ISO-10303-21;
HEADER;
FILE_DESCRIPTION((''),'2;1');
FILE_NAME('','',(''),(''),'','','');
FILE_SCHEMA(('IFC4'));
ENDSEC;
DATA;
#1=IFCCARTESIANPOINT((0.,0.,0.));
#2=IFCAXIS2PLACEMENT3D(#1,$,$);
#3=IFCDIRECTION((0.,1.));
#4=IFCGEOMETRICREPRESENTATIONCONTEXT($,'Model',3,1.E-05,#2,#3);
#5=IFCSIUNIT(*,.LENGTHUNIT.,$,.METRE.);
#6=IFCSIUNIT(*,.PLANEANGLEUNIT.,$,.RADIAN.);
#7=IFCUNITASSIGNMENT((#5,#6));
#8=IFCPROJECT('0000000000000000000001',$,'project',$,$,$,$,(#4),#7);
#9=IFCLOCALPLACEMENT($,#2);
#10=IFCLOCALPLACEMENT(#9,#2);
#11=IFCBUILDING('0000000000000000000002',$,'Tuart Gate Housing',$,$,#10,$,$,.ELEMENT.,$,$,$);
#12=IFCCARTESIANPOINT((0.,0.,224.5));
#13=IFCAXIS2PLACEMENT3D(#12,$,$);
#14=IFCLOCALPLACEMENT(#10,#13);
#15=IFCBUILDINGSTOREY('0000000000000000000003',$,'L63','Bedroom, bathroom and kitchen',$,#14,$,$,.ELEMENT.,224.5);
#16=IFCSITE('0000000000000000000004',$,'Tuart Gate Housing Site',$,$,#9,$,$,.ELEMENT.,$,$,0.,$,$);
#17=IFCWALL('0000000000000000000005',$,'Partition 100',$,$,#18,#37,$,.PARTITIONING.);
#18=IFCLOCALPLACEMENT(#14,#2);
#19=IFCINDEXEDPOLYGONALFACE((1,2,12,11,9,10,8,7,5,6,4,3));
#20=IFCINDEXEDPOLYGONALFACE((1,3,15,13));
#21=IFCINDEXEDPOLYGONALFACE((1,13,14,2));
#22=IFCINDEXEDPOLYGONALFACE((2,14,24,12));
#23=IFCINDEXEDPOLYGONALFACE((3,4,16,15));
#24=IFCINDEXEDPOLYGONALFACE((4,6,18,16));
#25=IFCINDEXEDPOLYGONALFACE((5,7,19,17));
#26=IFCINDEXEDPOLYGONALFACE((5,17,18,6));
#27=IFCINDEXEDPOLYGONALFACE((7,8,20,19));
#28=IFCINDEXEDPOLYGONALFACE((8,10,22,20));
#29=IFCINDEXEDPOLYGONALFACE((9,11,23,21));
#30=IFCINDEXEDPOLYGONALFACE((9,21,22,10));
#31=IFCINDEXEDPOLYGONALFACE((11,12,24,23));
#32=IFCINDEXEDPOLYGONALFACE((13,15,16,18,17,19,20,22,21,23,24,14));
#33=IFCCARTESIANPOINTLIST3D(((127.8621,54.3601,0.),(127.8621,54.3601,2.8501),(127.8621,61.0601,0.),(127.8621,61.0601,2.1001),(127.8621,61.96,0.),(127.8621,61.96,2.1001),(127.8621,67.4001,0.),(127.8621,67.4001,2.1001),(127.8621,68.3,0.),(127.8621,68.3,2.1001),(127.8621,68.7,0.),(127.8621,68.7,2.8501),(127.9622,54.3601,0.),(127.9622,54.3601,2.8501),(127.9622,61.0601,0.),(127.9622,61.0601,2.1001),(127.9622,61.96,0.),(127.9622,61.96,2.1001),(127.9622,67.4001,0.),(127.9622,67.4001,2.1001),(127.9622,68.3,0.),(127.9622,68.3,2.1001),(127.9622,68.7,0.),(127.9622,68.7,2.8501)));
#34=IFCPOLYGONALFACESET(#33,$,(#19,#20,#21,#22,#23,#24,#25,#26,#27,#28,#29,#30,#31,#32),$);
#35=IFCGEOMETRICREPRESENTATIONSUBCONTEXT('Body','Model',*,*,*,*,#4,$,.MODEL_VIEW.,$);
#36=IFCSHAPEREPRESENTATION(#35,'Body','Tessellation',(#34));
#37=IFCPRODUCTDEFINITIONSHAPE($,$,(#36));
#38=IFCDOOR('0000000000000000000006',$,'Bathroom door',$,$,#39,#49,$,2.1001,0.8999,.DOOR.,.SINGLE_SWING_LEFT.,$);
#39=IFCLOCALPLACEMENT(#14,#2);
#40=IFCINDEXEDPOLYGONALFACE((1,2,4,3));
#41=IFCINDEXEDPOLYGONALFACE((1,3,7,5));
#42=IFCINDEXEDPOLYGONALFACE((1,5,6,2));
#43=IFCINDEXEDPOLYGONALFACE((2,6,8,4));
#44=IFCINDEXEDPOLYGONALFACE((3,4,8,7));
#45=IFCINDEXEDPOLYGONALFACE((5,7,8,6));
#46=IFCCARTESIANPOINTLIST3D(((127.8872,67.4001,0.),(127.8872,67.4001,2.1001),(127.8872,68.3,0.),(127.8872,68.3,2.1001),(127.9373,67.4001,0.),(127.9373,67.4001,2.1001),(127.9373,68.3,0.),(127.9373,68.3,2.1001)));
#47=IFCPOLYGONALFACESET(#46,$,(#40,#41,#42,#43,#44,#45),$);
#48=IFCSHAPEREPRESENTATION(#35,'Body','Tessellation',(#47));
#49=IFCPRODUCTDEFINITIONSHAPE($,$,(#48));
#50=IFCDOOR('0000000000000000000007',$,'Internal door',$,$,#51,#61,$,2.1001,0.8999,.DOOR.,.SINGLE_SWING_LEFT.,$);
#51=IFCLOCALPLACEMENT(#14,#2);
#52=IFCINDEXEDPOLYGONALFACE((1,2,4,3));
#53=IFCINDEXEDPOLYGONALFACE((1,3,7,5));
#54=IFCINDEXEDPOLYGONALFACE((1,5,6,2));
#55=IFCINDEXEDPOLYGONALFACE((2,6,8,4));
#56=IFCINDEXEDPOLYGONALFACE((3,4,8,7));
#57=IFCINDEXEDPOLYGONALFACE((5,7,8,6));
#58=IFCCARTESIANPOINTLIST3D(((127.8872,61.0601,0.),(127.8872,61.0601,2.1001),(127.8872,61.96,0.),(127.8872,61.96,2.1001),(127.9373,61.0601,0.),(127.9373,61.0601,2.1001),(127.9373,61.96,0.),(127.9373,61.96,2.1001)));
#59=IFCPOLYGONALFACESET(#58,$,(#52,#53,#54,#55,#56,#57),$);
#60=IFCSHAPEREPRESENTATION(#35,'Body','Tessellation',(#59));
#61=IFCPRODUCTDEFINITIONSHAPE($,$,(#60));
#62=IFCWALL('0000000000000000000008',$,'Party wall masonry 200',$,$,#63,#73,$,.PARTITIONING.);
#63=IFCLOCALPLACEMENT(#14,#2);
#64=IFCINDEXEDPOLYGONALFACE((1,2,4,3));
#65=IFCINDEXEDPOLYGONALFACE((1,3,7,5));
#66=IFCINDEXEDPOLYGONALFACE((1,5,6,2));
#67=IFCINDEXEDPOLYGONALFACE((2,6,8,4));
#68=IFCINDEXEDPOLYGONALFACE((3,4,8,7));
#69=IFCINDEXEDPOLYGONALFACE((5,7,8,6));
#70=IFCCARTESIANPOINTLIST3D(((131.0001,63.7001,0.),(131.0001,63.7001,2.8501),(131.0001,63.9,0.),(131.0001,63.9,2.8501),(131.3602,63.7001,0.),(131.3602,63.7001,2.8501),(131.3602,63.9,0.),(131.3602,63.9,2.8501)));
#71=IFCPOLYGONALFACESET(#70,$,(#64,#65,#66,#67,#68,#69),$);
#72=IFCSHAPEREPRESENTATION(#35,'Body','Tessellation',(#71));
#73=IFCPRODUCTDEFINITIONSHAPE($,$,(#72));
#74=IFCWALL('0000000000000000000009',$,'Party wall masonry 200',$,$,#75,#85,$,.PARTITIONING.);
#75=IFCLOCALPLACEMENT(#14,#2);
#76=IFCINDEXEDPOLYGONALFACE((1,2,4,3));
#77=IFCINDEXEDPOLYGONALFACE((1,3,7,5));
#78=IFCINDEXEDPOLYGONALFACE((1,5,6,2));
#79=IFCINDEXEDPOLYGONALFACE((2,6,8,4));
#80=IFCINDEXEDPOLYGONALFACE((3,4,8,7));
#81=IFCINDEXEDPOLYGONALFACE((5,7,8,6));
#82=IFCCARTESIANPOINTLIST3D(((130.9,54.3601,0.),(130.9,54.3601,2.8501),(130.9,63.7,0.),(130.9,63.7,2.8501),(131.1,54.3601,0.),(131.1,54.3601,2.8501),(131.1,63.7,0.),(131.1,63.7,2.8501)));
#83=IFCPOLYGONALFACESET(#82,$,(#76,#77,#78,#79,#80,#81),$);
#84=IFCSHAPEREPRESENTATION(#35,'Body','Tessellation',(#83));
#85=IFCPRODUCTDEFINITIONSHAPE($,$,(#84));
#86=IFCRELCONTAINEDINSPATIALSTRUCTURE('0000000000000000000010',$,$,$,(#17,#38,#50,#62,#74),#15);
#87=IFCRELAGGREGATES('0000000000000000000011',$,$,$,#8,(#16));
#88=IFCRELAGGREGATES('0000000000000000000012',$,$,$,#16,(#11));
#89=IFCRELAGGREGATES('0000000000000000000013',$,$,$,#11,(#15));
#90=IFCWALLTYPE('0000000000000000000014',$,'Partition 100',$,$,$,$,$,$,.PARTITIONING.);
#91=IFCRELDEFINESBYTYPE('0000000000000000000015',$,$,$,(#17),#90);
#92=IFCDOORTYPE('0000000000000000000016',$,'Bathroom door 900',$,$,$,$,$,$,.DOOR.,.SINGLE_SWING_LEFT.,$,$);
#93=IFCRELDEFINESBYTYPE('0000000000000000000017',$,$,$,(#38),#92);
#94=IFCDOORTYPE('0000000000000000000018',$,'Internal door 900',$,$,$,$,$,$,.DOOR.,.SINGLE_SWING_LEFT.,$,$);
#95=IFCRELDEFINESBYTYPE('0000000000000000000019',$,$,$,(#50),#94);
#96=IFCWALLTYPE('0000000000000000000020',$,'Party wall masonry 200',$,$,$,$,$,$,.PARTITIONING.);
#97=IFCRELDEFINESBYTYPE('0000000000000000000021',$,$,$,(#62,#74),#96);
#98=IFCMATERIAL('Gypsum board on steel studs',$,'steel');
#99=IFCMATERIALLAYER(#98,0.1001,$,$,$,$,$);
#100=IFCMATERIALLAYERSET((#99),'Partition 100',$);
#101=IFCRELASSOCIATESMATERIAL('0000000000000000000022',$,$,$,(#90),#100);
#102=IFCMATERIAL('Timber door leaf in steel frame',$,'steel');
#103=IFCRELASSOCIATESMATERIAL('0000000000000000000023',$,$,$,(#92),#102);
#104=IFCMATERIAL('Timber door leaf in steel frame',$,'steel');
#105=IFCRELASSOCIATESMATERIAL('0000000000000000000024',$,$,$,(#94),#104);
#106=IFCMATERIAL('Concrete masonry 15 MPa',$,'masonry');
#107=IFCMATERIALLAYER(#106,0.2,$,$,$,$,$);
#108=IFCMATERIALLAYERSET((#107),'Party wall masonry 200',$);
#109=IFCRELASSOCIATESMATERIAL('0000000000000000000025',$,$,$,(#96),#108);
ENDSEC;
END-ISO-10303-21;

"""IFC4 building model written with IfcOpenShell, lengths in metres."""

from ifc_helpers import new_model, si_unit, direction, frame, frame_2d, origin, place, context, subcontext, project, spatial, rectangle, extrude, material, layer, layer_set, type_object, element, fill, save


model = new_model("IFC4")

# Units and contexts
model_context = context("Model", 3, precision=1e-05, world=origin(), true_north=direction((0.0, 1.0)))
body_context = subcontext(model_context, "Body", "Model", "MODEL_VIEW")
ifc_project = project(units=[si_unit("LENGTHUNIT", "METRE"), si_unit("PLANEANGLEUNIT", "RADIAN")], contexts=[model_context])

# Site, building, storey
site_placement = place(None, origin())
site = spatial("IfcSite", under=ifc_project, at=site_placement, Name="Tuart Gate Housing Site", CompositionType="ELEMENT", RefElevation=0.0)
building_placement = place(site_placement, origin())
building = spatial("IfcBuilding", under=site, at=building_placement, Name="Tuart Gate Housing", CompositionType="ELEMENT")
storey_placement = place(building_placement, frame((0.0, 0.0, 224.5)))
storey = spatial("IfcBuildingStorey", under=building, at=storey_placement, Name="L63", Description="Bedroom, bathroom and kitchen", CompositionType="ELEMENT", Elevation=224.5)

# Shared definitions
ifc_material_1 = material(Name="Gypsum board on steel studs", Category="steel")
ifc_layer_1 = layer(ifc_material_1, 0.1001)
ifc_layer_set_1 = layer_set([ifc_layer_1], Name="Partition 100")
wall_type_1 = type_object("IfcWallType", Name="Partition 100", PredefinedType="PARTITIONING", material=ifc_layer_set_1)

# Wall, openings, doors
wall_1_placement = place(storey_placement, frame((127.9121, 54.3601, 0.0), z_axis=(0.0, 0.0, 1.0), x_axis=(0.0, 1.0, 0.0)))
wall_1 = element("IfcWall", 1, at=wall_1_placement, inside=storey, type_object=wall_type_1, Name="Partition 100", PredefinedType="PARTITIONING", context=body_context, shape_type="SweptSolid", body=[
    extrude(rectangle(XDim=14.3398, YDim=0.1001, at=frame_2d((7.1699, 0.0))), origin(), (0.0, 0.0, 1.0), 2.8501),
])
opening_1_placement = place(wall_1_placement, frame((6.7, 0.0, 0.0)))
opening_1 = element("IfcOpeningElement", 2, at=opening_1_placement, cuts=wall_1, PredefinedType="OPENING", context=body_context, shape_type="SweptSolid", body=[
    extrude(rectangle(XDim=0.8999, YDim=2.1001, at=frame_2d((0.45, 1.05))), frame((0.0, 0.0601, 0.0), z_axis=(0.0, -1.0, 0.0), x_axis=(1.0, 0.0, 0.0)), (0.0, 0.0, 1.0), 0.1201),
])
opening_2_placement = place(wall_1_placement, frame((13.04, 0.0, 0.0)))
opening_2 = element("IfcOpeningElement", 3, at=opening_2_placement, cuts=wall_1, PredefinedType="OPENING", context=body_context, shape_type="SweptSolid", body=[
    extrude(rectangle(XDim=0.8999, YDim=2.1001, at=frame_2d((0.45, 1.05))), frame((0.0, 0.0601, 0.0), z_axis=(0.0, -1.0, 0.0), x_axis=(1.0, 0.0, 0.0)), (0.0, 0.0, 1.0), 0.1201),
])
ifc_material_2 = material(Name="Timber door leaf in steel frame", Category="steel")
door_type_1 = type_object("IfcDoorType", Name="Bathroom door 900", OperationType="SINGLE_SWING_LEFT", PredefinedType="DOOR", material=ifc_material_2)
door_1_placement = place(opening_2_placement, frame((0.8999, 0.0, 0.0), z_axis=(0.0, 0.0, 1.0), x_axis=(-1.0, 0.0, 0.0)))
door_1 = element("IfcDoor", 4, at=door_1_placement, inside=storey, type_object=door_type_1, Name="Bathroom door", OperationType="SINGLE_SWING_LEFT", OverallHeight=2.1001, OverallWidth=0.8999, PredefinedType="DOOR", context=body_context, shape_type="SweptSolid", body=[
    extrude(rectangle(XDim=0.8999, YDim=2.1001, at=frame_2d((0.45, 1.05))), frame((0.0, 0.0251, 0.0), z_axis=(0.0, -1.0, 0.0), x_axis=(1.0, 0.0, 0.0)), (0.0, 0.0, 1.0), 0.05),
])
fill(opening_2, door_1)
ifc_material_3 = material(Name="Timber door leaf in steel frame", Category="steel")
door_type_2 = type_object("IfcDoorType", Name="Internal door 900", OperationType="SINGLE_SWING_LEFT", PredefinedType="DOOR", material=ifc_material_3)
door_2_placement = place(opening_1_placement, frame((0.8999, 0.0, 0.0), z_axis=(0.0, 0.0, 1.0), x_axis=(-1.0, 0.0, 0.0)))
door_2 = element("IfcDoor", 5, at=door_2_placement, inside=storey, type_object=door_type_2, Name="Internal door", OperationType="SINGLE_SWING_LEFT", OverallHeight=2.1001, OverallWidth=0.8999, PredefinedType="DOOR", context=body_context, shape_type="SweptSolid", body=[
    extrude(rectangle(XDim=0.8999, YDim=2.1001, at=frame_2d((0.45, 1.05))), frame((0.0, 0.0251, 0.0), z_axis=(0.0, -1.0, 0.0), x_axis=(1.0, 0.0, 0.0)), (0.0, 0.0, 1.0), 0.05),
])
fill(opening_1, door_2)

# Walls
ifc_material_4 = material(Name="Concrete masonry 15 MPa", Category="masonry")
ifc_layer_2 = layer(ifc_material_4, 0.2)
ifc_layer_set_2 = layer_set([ifc_layer_2], Name="Party wall masonry 200")
wall_type_2 = type_object("IfcWallType", Name="Party wall masonry 200", PredefinedType="PARTITIONING", material=ifc_layer_set_2)
wall_2_placement = place(storey_placement, frame((131.0, 63.8, 0.0), z_axis=(0.0, 0.0, 1.0), x_axis=(1.0, 0.0, 0.0)))
element("IfcWall", 6, at=wall_2_placement, inside=storey, type_object=wall_type_2, Name="Party wall masonry 200", PredefinedType="PARTITIONING", context=body_context, shape_type="SweptSolid", body=[
    extrude(rectangle(XDim=0.3601, YDim=0.2, at=frame_2d((0.1802, 0.0))), origin(), (0.0, 0.0, 1.0), 2.8501),
])
wall_3_placement = place(storey_placement, frame((131.0, 54.3601, 0.0), z_axis=(0.0, 0.0, 1.0), x_axis=(0.0, 1.0, 0.0)))
element("IfcWall", 7, at=wall_3_placement, inside=storey, type_object=wall_type_2, Name="Party wall masonry 200", PredefinedType="PARTITIONING", context=body_context, shape_type="SweptSolid", body=[
    extrude(rectangle(XDim=9.3398, YDim=0.2, at=frame_2d((4.6699, 0.0))), origin(), (0.0, 0.0, 1.0), 2.8501),
])

save(model, "model.ifc")
